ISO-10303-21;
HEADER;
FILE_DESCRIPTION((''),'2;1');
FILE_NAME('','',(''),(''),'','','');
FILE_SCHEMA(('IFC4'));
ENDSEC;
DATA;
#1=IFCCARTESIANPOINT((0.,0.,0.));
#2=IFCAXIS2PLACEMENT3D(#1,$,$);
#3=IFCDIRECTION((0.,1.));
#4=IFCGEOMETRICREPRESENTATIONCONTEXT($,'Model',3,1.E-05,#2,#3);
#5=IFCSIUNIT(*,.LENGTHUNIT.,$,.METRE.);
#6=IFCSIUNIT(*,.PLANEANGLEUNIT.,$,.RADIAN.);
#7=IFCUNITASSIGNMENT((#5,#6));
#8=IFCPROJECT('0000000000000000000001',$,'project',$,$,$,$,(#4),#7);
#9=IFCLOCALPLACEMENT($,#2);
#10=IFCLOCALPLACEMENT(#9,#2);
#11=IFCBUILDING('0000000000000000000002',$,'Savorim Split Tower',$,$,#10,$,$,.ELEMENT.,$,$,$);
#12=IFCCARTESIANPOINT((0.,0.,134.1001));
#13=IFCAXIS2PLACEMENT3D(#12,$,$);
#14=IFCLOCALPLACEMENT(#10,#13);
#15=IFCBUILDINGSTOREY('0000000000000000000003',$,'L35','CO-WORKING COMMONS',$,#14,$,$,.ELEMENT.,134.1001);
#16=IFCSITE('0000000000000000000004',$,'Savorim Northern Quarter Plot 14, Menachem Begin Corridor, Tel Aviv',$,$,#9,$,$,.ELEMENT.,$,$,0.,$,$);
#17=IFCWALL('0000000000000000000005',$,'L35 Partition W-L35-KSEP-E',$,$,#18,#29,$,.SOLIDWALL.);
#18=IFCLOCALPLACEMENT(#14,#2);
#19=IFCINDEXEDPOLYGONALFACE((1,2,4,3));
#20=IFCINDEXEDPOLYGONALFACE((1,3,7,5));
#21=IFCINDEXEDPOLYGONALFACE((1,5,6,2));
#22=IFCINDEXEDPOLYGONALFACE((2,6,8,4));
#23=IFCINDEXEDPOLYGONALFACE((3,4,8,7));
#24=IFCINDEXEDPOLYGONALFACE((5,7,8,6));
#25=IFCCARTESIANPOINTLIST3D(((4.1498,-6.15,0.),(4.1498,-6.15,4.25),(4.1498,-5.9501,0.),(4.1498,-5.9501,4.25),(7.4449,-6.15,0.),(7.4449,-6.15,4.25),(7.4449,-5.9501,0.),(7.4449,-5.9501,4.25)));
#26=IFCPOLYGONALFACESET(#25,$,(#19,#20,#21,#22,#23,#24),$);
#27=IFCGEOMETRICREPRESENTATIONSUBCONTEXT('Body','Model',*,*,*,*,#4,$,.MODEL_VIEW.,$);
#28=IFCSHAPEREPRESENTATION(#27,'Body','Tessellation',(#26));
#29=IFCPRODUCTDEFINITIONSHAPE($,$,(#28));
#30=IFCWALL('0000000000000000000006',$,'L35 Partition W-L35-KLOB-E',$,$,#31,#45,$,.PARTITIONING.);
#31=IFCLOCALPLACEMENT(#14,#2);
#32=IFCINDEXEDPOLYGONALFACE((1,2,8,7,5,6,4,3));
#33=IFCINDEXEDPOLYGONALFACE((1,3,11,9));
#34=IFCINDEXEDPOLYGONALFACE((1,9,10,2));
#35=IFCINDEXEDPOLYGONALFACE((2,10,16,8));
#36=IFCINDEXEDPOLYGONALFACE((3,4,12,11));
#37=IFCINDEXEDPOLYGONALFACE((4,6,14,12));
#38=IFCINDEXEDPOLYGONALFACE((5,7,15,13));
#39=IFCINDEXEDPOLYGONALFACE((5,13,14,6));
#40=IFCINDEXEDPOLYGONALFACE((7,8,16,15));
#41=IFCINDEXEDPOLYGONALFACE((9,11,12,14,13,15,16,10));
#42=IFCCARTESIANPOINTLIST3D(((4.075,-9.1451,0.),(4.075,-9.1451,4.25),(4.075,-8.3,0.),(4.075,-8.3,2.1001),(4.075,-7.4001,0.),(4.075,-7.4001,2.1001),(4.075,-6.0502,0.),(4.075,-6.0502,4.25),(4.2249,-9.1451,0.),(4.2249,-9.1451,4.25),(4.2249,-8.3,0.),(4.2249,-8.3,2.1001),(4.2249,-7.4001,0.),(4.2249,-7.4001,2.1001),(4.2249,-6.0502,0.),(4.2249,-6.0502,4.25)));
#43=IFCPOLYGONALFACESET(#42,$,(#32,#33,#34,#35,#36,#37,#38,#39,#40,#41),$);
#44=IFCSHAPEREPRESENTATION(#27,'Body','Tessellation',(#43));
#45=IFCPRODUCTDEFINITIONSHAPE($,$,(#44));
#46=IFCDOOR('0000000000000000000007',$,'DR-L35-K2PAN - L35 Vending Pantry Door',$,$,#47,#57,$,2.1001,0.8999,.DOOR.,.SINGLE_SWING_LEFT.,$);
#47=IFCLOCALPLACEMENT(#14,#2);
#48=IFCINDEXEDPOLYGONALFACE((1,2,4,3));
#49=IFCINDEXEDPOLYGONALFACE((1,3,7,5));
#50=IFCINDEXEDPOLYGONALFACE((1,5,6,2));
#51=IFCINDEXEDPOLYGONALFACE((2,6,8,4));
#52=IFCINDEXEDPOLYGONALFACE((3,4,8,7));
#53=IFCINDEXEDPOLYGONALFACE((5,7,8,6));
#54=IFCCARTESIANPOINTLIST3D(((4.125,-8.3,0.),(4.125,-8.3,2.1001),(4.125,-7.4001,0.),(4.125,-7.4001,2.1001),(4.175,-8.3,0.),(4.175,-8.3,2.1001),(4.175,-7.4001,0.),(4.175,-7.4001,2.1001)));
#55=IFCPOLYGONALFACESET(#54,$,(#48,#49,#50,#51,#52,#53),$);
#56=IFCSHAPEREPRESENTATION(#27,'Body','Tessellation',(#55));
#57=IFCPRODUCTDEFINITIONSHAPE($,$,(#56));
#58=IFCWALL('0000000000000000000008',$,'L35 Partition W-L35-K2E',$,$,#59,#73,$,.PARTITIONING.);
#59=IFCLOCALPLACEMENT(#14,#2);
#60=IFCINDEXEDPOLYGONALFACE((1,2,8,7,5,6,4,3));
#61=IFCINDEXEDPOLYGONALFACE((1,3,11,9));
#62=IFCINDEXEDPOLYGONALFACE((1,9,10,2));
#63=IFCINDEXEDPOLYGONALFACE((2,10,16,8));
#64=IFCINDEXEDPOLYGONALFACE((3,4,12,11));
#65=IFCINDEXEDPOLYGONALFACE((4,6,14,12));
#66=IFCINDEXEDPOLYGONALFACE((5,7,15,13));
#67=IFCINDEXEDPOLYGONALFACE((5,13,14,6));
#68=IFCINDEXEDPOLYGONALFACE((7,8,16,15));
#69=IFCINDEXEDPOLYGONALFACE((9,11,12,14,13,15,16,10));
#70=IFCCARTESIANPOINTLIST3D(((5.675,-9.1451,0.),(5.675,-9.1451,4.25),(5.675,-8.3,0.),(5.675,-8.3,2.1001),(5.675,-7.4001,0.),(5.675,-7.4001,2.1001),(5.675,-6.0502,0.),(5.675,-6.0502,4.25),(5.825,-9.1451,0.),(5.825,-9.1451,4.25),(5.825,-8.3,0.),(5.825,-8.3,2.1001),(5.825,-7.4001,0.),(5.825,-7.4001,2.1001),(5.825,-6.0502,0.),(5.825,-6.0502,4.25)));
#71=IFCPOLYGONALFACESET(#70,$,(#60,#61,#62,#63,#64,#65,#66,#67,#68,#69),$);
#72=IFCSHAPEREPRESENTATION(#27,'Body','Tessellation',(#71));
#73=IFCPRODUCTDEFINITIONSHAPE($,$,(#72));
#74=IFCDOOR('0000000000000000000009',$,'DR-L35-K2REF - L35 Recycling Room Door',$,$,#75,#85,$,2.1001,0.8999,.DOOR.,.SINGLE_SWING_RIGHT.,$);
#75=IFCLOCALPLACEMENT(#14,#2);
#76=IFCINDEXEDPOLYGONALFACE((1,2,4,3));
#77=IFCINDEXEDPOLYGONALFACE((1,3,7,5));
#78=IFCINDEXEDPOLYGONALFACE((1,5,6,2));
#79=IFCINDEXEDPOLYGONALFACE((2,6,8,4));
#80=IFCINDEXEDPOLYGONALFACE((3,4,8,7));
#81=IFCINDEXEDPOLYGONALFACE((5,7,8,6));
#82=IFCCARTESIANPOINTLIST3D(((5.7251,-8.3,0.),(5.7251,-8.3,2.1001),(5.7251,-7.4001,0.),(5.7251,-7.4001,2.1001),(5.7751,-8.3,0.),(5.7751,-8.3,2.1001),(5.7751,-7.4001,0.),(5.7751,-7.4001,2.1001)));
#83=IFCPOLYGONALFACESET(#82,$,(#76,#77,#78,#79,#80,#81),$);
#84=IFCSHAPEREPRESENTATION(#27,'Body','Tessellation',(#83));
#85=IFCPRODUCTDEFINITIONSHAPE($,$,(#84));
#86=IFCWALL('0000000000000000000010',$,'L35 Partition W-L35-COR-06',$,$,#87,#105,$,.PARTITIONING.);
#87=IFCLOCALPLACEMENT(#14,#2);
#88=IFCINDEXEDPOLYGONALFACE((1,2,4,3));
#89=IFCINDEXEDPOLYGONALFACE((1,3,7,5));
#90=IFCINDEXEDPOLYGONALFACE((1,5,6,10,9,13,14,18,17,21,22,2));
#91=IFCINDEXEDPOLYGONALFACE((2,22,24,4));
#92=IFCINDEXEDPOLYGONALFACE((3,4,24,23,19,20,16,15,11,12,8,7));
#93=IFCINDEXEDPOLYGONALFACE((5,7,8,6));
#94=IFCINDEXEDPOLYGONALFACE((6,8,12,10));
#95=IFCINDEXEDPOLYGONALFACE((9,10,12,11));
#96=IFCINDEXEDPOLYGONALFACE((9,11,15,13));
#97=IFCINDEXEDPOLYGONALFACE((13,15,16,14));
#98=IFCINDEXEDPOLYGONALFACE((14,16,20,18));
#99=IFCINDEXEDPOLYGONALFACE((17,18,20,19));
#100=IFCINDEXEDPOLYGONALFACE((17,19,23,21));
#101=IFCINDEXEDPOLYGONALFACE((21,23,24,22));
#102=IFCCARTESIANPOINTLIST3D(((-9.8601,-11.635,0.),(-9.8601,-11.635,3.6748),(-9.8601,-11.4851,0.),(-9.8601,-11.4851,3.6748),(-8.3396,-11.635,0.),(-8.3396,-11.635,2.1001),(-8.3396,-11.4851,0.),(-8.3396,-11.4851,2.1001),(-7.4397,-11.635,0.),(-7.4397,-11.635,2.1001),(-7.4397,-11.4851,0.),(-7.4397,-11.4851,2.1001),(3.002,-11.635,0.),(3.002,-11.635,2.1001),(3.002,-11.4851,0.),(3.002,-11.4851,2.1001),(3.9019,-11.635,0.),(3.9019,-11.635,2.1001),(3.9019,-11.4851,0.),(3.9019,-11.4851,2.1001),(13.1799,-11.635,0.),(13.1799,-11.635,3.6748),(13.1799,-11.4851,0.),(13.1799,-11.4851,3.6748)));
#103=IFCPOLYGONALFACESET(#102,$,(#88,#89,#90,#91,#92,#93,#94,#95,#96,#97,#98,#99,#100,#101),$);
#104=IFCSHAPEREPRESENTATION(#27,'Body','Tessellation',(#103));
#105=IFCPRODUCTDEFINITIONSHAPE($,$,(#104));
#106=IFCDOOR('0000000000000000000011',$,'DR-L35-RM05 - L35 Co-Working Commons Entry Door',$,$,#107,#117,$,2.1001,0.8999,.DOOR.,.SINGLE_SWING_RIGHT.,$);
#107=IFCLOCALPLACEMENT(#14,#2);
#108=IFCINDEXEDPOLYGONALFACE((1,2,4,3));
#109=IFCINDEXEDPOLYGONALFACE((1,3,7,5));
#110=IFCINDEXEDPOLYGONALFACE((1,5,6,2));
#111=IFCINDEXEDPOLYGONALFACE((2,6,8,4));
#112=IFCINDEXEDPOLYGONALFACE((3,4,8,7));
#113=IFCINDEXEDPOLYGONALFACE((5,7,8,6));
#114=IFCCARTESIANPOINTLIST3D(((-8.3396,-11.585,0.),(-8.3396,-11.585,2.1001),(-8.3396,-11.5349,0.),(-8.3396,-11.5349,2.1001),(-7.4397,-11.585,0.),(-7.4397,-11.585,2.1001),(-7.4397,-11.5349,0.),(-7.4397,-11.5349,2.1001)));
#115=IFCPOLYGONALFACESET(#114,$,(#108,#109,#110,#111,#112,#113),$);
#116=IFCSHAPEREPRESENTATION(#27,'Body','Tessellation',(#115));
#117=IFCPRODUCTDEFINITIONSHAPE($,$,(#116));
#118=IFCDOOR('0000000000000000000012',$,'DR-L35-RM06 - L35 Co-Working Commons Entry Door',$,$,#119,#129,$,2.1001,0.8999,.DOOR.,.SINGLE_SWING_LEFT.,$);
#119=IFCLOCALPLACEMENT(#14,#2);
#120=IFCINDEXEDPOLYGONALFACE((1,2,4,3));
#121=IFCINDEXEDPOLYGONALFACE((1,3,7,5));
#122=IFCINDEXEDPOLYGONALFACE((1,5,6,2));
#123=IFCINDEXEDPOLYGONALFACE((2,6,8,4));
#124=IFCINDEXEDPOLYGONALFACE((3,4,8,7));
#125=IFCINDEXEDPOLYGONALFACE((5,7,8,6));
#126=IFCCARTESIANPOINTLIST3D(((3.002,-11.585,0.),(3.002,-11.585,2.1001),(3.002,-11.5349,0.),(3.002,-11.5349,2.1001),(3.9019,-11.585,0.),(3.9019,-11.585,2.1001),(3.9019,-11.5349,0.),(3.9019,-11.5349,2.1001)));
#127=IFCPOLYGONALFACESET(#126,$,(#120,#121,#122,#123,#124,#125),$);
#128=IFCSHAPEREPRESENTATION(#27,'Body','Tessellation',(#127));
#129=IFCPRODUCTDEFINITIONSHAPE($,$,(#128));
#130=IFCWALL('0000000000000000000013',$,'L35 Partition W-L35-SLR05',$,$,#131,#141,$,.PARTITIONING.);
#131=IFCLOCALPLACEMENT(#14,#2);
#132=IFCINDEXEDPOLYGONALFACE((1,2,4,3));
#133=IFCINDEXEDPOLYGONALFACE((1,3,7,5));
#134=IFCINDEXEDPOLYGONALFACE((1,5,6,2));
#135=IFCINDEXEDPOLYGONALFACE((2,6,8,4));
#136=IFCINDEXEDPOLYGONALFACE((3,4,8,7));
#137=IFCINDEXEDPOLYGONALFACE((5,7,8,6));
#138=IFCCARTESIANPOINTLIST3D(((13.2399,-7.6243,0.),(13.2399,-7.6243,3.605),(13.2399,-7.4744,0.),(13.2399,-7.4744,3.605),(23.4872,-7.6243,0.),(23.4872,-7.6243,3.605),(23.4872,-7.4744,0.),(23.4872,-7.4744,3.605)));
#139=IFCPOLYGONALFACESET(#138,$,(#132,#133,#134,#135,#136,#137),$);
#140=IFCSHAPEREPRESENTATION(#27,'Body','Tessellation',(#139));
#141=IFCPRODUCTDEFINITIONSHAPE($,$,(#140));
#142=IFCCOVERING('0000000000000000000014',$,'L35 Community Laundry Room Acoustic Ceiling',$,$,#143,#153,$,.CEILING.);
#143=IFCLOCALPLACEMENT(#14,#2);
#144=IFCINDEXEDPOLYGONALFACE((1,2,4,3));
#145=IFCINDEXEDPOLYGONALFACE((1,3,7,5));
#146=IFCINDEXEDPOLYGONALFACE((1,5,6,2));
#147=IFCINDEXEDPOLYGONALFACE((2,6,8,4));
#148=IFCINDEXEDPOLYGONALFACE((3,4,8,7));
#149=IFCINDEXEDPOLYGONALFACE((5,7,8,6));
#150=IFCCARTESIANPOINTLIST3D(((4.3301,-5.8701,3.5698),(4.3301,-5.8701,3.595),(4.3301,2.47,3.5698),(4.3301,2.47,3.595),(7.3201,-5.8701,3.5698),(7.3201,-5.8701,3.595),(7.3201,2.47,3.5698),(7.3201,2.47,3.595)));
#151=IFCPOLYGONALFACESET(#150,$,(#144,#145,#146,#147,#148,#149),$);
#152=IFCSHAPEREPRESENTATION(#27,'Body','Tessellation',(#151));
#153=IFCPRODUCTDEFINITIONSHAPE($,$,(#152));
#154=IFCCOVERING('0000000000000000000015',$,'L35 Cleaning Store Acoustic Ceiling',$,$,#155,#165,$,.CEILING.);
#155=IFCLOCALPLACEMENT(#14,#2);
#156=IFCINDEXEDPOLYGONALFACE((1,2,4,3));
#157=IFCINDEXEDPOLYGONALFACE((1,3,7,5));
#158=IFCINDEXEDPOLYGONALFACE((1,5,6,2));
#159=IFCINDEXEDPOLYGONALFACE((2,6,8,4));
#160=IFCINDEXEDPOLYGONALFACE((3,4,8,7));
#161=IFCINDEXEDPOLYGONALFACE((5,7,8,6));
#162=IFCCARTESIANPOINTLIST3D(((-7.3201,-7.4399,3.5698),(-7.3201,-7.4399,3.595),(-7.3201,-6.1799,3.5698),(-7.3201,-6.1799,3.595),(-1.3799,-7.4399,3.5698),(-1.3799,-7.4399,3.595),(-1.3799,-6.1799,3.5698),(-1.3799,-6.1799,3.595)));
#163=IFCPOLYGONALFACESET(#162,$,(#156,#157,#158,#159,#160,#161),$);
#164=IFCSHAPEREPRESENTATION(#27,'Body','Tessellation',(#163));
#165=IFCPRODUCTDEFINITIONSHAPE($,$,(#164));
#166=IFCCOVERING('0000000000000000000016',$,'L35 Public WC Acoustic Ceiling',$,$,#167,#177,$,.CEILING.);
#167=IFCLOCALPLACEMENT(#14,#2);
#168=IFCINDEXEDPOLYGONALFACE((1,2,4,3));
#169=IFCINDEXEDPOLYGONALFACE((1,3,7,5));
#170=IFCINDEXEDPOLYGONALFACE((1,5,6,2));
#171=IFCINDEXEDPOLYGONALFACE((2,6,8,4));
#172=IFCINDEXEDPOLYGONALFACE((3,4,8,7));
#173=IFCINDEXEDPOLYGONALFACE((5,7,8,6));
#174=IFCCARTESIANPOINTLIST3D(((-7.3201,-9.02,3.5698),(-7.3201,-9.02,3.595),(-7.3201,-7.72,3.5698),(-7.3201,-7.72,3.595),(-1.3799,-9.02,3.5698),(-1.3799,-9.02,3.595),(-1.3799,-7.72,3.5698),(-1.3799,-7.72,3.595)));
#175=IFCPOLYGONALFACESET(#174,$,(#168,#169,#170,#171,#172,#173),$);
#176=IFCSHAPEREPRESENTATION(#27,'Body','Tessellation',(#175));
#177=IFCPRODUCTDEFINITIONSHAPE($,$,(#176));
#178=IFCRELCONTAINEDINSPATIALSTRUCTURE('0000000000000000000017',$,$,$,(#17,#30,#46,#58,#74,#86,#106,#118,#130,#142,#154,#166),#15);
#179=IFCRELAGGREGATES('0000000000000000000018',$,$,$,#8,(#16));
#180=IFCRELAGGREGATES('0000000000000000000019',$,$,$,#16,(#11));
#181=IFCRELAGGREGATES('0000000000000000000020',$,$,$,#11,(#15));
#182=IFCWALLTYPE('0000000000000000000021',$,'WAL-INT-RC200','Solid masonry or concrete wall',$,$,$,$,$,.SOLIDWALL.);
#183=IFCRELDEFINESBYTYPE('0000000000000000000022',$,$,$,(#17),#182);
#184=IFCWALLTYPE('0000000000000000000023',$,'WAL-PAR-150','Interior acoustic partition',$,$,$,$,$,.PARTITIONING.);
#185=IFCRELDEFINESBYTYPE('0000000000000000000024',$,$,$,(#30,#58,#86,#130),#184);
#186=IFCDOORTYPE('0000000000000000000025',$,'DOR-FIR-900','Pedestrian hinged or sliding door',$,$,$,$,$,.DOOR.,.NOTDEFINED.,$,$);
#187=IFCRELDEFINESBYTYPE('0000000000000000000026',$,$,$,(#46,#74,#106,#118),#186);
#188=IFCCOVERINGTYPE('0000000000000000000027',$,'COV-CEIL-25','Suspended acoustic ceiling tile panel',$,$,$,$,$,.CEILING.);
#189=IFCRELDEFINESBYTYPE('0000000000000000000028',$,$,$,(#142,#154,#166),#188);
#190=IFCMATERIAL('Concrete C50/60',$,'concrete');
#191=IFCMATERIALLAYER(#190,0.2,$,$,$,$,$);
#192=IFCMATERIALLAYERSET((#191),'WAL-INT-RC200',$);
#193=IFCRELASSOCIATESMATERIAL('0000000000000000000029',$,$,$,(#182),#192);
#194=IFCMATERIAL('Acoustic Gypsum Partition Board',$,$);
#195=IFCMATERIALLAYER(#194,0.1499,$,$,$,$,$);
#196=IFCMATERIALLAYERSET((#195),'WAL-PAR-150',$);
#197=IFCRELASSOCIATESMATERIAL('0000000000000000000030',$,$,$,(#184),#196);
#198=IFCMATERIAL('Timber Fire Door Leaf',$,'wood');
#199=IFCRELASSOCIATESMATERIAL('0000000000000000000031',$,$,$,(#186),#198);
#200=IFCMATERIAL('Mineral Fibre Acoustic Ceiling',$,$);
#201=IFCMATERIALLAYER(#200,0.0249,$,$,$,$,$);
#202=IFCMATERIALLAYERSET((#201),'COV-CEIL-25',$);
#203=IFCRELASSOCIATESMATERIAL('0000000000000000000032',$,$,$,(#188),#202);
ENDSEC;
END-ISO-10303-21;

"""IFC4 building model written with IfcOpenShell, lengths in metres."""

from ifc_helpers import new_model, si_unit, direction, frame, frame_2d, origin, place, context, subcontext, project, spatial, polyline, rectangle, outline, extrude, material, layer, layer_set, type_object, element, fill, save


model = new_model("IFC4")

# Units and contexts
model_context = context("Model", 3, precision=1e-05, world=origin(), true_north=direction((0.0, 1.0)))
body_context = subcontext(model_context, "Body", "Model", "MODEL_VIEW")
ifc_project = project(units=[si_unit("LENGTHUNIT", "METRE"), si_unit("PLANEANGLEUNIT", "RADIAN")], contexts=[model_context])

# Site, building, storey
site_placement = place(None, origin())
site = spatial("IfcSite", under=ifc_project, at=site_placement, Name="Savorim Northern Quarter Plot 14, Menachem Begin Corridor, Tel Aviv", CompositionType="ELEMENT", RefElevation=0.0)
building_placement = place(site_placement, origin())
building = spatial("IfcBuilding", under=site, at=building_placement, Name="Savorim Split Tower", CompositionType="ELEMENT")
storey_placement = place(building_placement, frame((0.0, 0.0, 134.1001)))
storey = spatial("IfcBuildingStorey", under=building, at=storey_placement, Name="L35", Description="CO-WORKING COMMONS", CompositionType="ELEMENT", Elevation=134.1001)

# Shared definitions
ifc_material_1 = material(Name="Concrete C50/60", Category="concrete")
ifc_layer_1 = layer(ifc_material_1, 0.2)
ifc_layer_set_1 = layer_set([ifc_layer_1], Name="WAL-INT-RC200")
wall_type_1 = type_object("IfcWallType", Name="WAL-INT-RC200", Description="Solid masonry or concrete wall", PredefinedType="SOLIDWALL", material=ifc_layer_set_1)
ifc_material_2 = material(Name="Timber Fire Door Leaf", Category="wood")

# Wall
wall_1_placement = place(storey_placement, frame((4.1499, -6.05, 0.0), z_axis=(0.0, 0.0, 1.0), x_axis=(1.0, 0.0, 0.0)))
element("IfcWall", 1, at=wall_1_placement, inside=storey, type_object=wall_type_1, Name="L35 Partition W-L35-KSEP-E", PredefinedType="SOLIDWALL", context=body_context, shape_type="SweptSolid", body=[
    extrude(rectangle(XDim=3.2952, YDim=0.2, at=frame_2d((1.6475, 0.0))), origin(), (0.0, 0.0, 1.0), 4.25),
])

# Walls, openings, doors
ifc_material_3 = material(Name="Acoustic Gypsum Partition Board")
ifc_layer_2 = layer(ifc_material_3, 0.1499)
ifc_layer_set_2 = layer_set([ifc_layer_2], Name="WAL-PAR-150")
wall_type_2 = type_object("IfcWallType", Name="WAL-PAR-150", Description="Interior acoustic partition", PredefinedType="PARTITIONING", material=ifc_layer_set_2)
wall_2_placement = place(storey_placement, frame((4.1499, -9.145, 0.0), z_axis=(0.0, 0.0, 1.0), x_axis=(0.0, 1.0, 0.0)))
wall_2 = element("IfcWall", 2, at=wall_2_placement, inside=storey, type_object=wall_type_2, Name="L35 Partition W-L35-KLOB-E", PredefinedType="PARTITIONING", context=body_context, shape_type="SweptSolid", body=[
    extrude(rectangle(XDim=3.095, YDim=0.1499, at=frame_2d((1.5474, 0.0))), origin(), (0.0, 0.0, 1.0), 4.25),
])
opening_1_placement = place(wall_2_placement, frame((0.845, 0.0, 0.0)))
opening_1 = element("IfcOpeningElement", 3, at=opening_1_placement, cuts=wall_2, PredefinedType="OPENING", context=body_context, shape_type="SweptSolid", body=[
    extrude(rectangle(XDim=0.8999, YDim=2.1001, at=frame_2d((0.45, 1.05))), frame((0.0, 0.085, 0.0), z_axis=(0.0, -1.0, 0.0), x_axis=(1.0, 0.0, 0.0)), (0.0, 0.0, 1.0), 0.1699),
])
door_type_1 = type_object("IfcDoorType", Name="DOR-FIR-900", Description="Pedestrian hinged or sliding door", OperationType="NOTDEFINED", PredefinedType="DOOR", material=ifc_material_2)
door_1_placement = place(opening_1_placement, origin())
door_1 = element("IfcDoor", 4, at=door_1_placement, inside=storey, type_object=door_type_1, Name="DR-L35-K2PAN - L35 Vending Pantry Door", OperationType="SINGLE_SWING_LEFT", OverallHeight=2.1001, OverallWidth=0.8999, PredefinedType="DOOR", context=body_context, shape_type="SweptSolid", body=[
    extrude(rectangle(XDim=0.8999, YDim=2.1001, at=frame_2d((0.45, 1.05))), frame((0.0, 0.0249, 0.0), z_axis=(0.0, -1.0, 0.0), x_axis=(1.0, 0.0, 0.0)), (0.0, 0.0, 1.0), 0.05),
])
fill(opening_1, door_1)
wall_3_placement = place(storey_placement, frame((5.75, -9.145, 0.0), z_axis=(0.0, 0.0, 1.0), x_axis=(0.0, 1.0, 0.0)))
wall_3 = element("IfcWall", 5, at=wall_3_placement, inside=storey, type_object=wall_type_2, Name="L35 Partition W-L35-K2E", PredefinedType="PARTITIONING", context=body_context, shape_type="SweptSolid", body=[
    extrude(rectangle(XDim=3.095, YDim=0.1499, at=frame_2d((1.5474, 0.0))), origin(), (0.0, 0.0, 1.0), 4.25),
])
opening_2_placement = place(wall_3_placement, frame((0.845, 0.0, 0.0)))
opening_2 = element("IfcOpeningElement", 6, at=opening_2_placement, cuts=wall_3, PredefinedType="OPENING", context=body_context, shape_type="SweptSolid", body=[
    extrude(rectangle(XDim=0.8999, YDim=2.1001, at=frame_2d((0.45, 1.05))), frame((0.0, 0.085, 0.0), z_axis=(0.0, -1.0, 0.0), x_axis=(1.0, 0.0, 0.0)), (0.0, 0.0, 1.0), 0.1699),
])
door_2_placement = place(opening_2_placement, origin())
door_2 = element("IfcDoor", 7, at=door_2_placement, inside=storey, type_object=door_type_1, Name="DR-L35-K2REF - L35 Recycling Room Door", OperationType="SINGLE_SWING_RIGHT", OverallHeight=2.1001, OverallWidth=0.8999, PredefinedType="DOOR", context=body_context, shape_type="SweptSolid", body=[
    extrude(rectangle(XDim=0.8999, YDim=2.1001, at=frame_2d((0.45, 1.05))), frame((0.0, 0.0249, 0.0), z_axis=(0.0, -1.0, 0.0), x_axis=(1.0, 0.0, 0.0)), (0.0, 0.0, 1.0), 0.05),
])
fill(opening_2, door_2)

# Wall, openings, doors
wall_4_placement = place(storey_placement, frame((13.1799, -11.5601, 0.0), z_axis=(0.0, 0.0, 1.0), x_axis=(-1.0, 0.0, 0.0)))
wall_4 = element("IfcWall", 8, at=wall_4_placement, inside=storey, type_object=wall_type_2, Name="L35 Partition W-L35-COR-06", PredefinedType="PARTITIONING", context=body_context, shape_type="SweptSolid", body=[
    extrude(rectangle(XDim=23.04, YDim=0.1499, at=frame_2d((11.52, 0.0))), origin(), (0.0, 0.0, 1.0), 3.6748),
])
opening_3_placement = place(wall_4_placement, frame((20.6196, 0.0, 0.0)))
opening_3 = element("IfcOpeningElement", 9, at=opening_3_placement, cuts=wall_4, PredefinedType="OPENING", context=body_context, shape_type="SweptSolid", body=[
    extrude(rectangle(XDim=0.8999, YDim=2.1001, at=frame_2d((0.45, 1.05))), frame((0.0, 0.085, 0.0), z_axis=(0.0, -1.0, 0.0), x_axis=(1.0, 0.0, 0.0)), (0.0, 0.0, 1.0), 0.1699),
])
opening_4_placement = place(wall_4_placement, frame((9.2781, 0.0, 0.0)))
opening_4 = element("IfcOpeningElement", 10, at=opening_4_placement, cuts=wall_4, PredefinedType="OPENING", context=body_context, shape_type="SweptSolid", body=[
    extrude(rectangle(XDim=0.8999, YDim=2.1001, at=frame_2d((0.45, 1.05))), frame((0.0, 0.085, 0.0), z_axis=(0.0, -1.0, 0.0), x_axis=(1.0, 0.0, 0.0)), (0.0, 0.0, 1.0), 0.1699),
])
door_3_placement = place(opening_3_placement, origin())
door_3 = element("IfcDoor", 11, at=door_3_placement, inside=storey, type_object=door_type_1, Name="DR-L35-RM05 - L35 Co-Working Commons Entry Door", OperationType="SINGLE_SWING_RIGHT", OverallHeight=2.1001, OverallWidth=0.8999, PredefinedType="DOOR", context=body_context, shape_type="SweptSolid", body=[
    extrude(rectangle(XDim=0.8999, YDim=2.1001, at=frame_2d((0.45, 1.05))), frame((0.0, 0.0249, 0.0), z_axis=(0.0, -1.0, 0.0), x_axis=(1.0, 0.0, 0.0)), (0.0, 0.0, 1.0), 0.05),
])
fill(opening_3, door_3)
door_4_placement = place(opening_4_placement, origin())
door_4 = element("IfcDoor", 12, at=door_4_placement, inside=storey, type_object=door_type_1, Name="DR-L35-RM06 - L35 Co-Working Commons Entry Door", OperationType="SINGLE_SWING_LEFT", OverallHeight=2.1001, OverallWidth=0.8999, PredefinedType="DOOR", context=body_context, shape_type="SweptSolid", body=[
    extrude(rectangle(XDim=0.8999, YDim=2.1001, at=frame_2d((0.45, 1.05))), frame((0.0, 0.0249, 0.0), z_axis=(0.0, -1.0, 0.0), x_axis=(1.0, 0.0, 0.0)), (0.0, 0.0, 1.0), 0.05),
])
fill(opening_4, door_4)

# Wall
wall_5_placement = place(storey_placement, frame((13.24, -7.5493, 0.0), z_axis=(0.0, 0.0, 1.0), x_axis=(1.0, 0.0, 0.0)))
element("IfcWall", 13, at=wall_5_placement, inside=storey, type_object=wall_type_2, Name="L35 Partition W-L35-SLR05", PredefinedType="PARTITIONING", context=body_context, shape_type="SweptSolid", body=[
    extrude(rectangle(XDim=10.2473, YDim=0.1499, at=frame_2d((5.1235, 0.0))), origin(), (0.0, 0.0, 1.0), 3.605),
])

# Coverings
ifc_material_4 = material(Name="Mineral Fibre Acoustic Ceiling")
ifc_layer_3 = layer(ifc_material_4, 0.0249)
ifc_layer_set_3 = layer_set([ifc_layer_3], Name="COV-CEIL-25")
covering_type_1 = type_object("IfcCoveringType", Name="COV-CEIL-25", Description="Suspended acoustic ceiling tile panel", PredefinedType="CEILING", material=ifc_layer_set_3)
covering_1_placement = place(storey_placement, frame((0.0, 0.0, 3.5698)))
element("IfcCovering", 14, at=covering_1_placement, inside=storey, type_object=covering_type_1, Name="L35 Community Laundry Room Acoustic Ceiling", PredefinedType="CEILING", context=body_context, shape_type="SweptSolid", body=[
    extrude(outline(polyline([(4.3301, 2.47), (4.3301, -5.8701), (7.3201, -5.8701), (7.3201, 2.47), (4.3301, 2.47)])), origin(), (0.0, 0.0, 1.0), 0.0251),
])
covering_2_placement = place(storey_placement, frame((0.0, 0.0, 3.5698)))
element("IfcCovering", 15, at=covering_2_placement, inside=storey, type_object=covering_type_1, Name="L35 Cleaning Store Acoustic Ceiling", PredefinedType="CEILING", context=body_context, shape_type="SweptSolid", body=[
    extrude(outline(polyline([(-7.3201, -6.1799), (-7.3201, -7.4399), (-1.3799, -7.4399), (-1.3799, -6.1799), (-7.3201, -6.1799)])), origin(), (0.0, 0.0, 1.0), 0.0251),
])
covering_3_placement = place(storey_placement, frame((0.0, 0.0, 3.5698)))
element("IfcCovering", 16, at=covering_3_placement, inside=storey, type_object=covering_type_1, Name="L35 Public WC Acoustic Ceiling", PredefinedType="CEILING", context=body_context, shape_type="SweptSolid", body=[
    extrude(outline(polyline([(-7.3201, -7.72), (-7.3201, -9.02), (-1.3799, -9.02), (-1.3799, -7.72), (-7.3201, -7.72)])), origin(), (0.0, 0.0, 1.0), 0.0251),
])

save(model, "model.ifc")
